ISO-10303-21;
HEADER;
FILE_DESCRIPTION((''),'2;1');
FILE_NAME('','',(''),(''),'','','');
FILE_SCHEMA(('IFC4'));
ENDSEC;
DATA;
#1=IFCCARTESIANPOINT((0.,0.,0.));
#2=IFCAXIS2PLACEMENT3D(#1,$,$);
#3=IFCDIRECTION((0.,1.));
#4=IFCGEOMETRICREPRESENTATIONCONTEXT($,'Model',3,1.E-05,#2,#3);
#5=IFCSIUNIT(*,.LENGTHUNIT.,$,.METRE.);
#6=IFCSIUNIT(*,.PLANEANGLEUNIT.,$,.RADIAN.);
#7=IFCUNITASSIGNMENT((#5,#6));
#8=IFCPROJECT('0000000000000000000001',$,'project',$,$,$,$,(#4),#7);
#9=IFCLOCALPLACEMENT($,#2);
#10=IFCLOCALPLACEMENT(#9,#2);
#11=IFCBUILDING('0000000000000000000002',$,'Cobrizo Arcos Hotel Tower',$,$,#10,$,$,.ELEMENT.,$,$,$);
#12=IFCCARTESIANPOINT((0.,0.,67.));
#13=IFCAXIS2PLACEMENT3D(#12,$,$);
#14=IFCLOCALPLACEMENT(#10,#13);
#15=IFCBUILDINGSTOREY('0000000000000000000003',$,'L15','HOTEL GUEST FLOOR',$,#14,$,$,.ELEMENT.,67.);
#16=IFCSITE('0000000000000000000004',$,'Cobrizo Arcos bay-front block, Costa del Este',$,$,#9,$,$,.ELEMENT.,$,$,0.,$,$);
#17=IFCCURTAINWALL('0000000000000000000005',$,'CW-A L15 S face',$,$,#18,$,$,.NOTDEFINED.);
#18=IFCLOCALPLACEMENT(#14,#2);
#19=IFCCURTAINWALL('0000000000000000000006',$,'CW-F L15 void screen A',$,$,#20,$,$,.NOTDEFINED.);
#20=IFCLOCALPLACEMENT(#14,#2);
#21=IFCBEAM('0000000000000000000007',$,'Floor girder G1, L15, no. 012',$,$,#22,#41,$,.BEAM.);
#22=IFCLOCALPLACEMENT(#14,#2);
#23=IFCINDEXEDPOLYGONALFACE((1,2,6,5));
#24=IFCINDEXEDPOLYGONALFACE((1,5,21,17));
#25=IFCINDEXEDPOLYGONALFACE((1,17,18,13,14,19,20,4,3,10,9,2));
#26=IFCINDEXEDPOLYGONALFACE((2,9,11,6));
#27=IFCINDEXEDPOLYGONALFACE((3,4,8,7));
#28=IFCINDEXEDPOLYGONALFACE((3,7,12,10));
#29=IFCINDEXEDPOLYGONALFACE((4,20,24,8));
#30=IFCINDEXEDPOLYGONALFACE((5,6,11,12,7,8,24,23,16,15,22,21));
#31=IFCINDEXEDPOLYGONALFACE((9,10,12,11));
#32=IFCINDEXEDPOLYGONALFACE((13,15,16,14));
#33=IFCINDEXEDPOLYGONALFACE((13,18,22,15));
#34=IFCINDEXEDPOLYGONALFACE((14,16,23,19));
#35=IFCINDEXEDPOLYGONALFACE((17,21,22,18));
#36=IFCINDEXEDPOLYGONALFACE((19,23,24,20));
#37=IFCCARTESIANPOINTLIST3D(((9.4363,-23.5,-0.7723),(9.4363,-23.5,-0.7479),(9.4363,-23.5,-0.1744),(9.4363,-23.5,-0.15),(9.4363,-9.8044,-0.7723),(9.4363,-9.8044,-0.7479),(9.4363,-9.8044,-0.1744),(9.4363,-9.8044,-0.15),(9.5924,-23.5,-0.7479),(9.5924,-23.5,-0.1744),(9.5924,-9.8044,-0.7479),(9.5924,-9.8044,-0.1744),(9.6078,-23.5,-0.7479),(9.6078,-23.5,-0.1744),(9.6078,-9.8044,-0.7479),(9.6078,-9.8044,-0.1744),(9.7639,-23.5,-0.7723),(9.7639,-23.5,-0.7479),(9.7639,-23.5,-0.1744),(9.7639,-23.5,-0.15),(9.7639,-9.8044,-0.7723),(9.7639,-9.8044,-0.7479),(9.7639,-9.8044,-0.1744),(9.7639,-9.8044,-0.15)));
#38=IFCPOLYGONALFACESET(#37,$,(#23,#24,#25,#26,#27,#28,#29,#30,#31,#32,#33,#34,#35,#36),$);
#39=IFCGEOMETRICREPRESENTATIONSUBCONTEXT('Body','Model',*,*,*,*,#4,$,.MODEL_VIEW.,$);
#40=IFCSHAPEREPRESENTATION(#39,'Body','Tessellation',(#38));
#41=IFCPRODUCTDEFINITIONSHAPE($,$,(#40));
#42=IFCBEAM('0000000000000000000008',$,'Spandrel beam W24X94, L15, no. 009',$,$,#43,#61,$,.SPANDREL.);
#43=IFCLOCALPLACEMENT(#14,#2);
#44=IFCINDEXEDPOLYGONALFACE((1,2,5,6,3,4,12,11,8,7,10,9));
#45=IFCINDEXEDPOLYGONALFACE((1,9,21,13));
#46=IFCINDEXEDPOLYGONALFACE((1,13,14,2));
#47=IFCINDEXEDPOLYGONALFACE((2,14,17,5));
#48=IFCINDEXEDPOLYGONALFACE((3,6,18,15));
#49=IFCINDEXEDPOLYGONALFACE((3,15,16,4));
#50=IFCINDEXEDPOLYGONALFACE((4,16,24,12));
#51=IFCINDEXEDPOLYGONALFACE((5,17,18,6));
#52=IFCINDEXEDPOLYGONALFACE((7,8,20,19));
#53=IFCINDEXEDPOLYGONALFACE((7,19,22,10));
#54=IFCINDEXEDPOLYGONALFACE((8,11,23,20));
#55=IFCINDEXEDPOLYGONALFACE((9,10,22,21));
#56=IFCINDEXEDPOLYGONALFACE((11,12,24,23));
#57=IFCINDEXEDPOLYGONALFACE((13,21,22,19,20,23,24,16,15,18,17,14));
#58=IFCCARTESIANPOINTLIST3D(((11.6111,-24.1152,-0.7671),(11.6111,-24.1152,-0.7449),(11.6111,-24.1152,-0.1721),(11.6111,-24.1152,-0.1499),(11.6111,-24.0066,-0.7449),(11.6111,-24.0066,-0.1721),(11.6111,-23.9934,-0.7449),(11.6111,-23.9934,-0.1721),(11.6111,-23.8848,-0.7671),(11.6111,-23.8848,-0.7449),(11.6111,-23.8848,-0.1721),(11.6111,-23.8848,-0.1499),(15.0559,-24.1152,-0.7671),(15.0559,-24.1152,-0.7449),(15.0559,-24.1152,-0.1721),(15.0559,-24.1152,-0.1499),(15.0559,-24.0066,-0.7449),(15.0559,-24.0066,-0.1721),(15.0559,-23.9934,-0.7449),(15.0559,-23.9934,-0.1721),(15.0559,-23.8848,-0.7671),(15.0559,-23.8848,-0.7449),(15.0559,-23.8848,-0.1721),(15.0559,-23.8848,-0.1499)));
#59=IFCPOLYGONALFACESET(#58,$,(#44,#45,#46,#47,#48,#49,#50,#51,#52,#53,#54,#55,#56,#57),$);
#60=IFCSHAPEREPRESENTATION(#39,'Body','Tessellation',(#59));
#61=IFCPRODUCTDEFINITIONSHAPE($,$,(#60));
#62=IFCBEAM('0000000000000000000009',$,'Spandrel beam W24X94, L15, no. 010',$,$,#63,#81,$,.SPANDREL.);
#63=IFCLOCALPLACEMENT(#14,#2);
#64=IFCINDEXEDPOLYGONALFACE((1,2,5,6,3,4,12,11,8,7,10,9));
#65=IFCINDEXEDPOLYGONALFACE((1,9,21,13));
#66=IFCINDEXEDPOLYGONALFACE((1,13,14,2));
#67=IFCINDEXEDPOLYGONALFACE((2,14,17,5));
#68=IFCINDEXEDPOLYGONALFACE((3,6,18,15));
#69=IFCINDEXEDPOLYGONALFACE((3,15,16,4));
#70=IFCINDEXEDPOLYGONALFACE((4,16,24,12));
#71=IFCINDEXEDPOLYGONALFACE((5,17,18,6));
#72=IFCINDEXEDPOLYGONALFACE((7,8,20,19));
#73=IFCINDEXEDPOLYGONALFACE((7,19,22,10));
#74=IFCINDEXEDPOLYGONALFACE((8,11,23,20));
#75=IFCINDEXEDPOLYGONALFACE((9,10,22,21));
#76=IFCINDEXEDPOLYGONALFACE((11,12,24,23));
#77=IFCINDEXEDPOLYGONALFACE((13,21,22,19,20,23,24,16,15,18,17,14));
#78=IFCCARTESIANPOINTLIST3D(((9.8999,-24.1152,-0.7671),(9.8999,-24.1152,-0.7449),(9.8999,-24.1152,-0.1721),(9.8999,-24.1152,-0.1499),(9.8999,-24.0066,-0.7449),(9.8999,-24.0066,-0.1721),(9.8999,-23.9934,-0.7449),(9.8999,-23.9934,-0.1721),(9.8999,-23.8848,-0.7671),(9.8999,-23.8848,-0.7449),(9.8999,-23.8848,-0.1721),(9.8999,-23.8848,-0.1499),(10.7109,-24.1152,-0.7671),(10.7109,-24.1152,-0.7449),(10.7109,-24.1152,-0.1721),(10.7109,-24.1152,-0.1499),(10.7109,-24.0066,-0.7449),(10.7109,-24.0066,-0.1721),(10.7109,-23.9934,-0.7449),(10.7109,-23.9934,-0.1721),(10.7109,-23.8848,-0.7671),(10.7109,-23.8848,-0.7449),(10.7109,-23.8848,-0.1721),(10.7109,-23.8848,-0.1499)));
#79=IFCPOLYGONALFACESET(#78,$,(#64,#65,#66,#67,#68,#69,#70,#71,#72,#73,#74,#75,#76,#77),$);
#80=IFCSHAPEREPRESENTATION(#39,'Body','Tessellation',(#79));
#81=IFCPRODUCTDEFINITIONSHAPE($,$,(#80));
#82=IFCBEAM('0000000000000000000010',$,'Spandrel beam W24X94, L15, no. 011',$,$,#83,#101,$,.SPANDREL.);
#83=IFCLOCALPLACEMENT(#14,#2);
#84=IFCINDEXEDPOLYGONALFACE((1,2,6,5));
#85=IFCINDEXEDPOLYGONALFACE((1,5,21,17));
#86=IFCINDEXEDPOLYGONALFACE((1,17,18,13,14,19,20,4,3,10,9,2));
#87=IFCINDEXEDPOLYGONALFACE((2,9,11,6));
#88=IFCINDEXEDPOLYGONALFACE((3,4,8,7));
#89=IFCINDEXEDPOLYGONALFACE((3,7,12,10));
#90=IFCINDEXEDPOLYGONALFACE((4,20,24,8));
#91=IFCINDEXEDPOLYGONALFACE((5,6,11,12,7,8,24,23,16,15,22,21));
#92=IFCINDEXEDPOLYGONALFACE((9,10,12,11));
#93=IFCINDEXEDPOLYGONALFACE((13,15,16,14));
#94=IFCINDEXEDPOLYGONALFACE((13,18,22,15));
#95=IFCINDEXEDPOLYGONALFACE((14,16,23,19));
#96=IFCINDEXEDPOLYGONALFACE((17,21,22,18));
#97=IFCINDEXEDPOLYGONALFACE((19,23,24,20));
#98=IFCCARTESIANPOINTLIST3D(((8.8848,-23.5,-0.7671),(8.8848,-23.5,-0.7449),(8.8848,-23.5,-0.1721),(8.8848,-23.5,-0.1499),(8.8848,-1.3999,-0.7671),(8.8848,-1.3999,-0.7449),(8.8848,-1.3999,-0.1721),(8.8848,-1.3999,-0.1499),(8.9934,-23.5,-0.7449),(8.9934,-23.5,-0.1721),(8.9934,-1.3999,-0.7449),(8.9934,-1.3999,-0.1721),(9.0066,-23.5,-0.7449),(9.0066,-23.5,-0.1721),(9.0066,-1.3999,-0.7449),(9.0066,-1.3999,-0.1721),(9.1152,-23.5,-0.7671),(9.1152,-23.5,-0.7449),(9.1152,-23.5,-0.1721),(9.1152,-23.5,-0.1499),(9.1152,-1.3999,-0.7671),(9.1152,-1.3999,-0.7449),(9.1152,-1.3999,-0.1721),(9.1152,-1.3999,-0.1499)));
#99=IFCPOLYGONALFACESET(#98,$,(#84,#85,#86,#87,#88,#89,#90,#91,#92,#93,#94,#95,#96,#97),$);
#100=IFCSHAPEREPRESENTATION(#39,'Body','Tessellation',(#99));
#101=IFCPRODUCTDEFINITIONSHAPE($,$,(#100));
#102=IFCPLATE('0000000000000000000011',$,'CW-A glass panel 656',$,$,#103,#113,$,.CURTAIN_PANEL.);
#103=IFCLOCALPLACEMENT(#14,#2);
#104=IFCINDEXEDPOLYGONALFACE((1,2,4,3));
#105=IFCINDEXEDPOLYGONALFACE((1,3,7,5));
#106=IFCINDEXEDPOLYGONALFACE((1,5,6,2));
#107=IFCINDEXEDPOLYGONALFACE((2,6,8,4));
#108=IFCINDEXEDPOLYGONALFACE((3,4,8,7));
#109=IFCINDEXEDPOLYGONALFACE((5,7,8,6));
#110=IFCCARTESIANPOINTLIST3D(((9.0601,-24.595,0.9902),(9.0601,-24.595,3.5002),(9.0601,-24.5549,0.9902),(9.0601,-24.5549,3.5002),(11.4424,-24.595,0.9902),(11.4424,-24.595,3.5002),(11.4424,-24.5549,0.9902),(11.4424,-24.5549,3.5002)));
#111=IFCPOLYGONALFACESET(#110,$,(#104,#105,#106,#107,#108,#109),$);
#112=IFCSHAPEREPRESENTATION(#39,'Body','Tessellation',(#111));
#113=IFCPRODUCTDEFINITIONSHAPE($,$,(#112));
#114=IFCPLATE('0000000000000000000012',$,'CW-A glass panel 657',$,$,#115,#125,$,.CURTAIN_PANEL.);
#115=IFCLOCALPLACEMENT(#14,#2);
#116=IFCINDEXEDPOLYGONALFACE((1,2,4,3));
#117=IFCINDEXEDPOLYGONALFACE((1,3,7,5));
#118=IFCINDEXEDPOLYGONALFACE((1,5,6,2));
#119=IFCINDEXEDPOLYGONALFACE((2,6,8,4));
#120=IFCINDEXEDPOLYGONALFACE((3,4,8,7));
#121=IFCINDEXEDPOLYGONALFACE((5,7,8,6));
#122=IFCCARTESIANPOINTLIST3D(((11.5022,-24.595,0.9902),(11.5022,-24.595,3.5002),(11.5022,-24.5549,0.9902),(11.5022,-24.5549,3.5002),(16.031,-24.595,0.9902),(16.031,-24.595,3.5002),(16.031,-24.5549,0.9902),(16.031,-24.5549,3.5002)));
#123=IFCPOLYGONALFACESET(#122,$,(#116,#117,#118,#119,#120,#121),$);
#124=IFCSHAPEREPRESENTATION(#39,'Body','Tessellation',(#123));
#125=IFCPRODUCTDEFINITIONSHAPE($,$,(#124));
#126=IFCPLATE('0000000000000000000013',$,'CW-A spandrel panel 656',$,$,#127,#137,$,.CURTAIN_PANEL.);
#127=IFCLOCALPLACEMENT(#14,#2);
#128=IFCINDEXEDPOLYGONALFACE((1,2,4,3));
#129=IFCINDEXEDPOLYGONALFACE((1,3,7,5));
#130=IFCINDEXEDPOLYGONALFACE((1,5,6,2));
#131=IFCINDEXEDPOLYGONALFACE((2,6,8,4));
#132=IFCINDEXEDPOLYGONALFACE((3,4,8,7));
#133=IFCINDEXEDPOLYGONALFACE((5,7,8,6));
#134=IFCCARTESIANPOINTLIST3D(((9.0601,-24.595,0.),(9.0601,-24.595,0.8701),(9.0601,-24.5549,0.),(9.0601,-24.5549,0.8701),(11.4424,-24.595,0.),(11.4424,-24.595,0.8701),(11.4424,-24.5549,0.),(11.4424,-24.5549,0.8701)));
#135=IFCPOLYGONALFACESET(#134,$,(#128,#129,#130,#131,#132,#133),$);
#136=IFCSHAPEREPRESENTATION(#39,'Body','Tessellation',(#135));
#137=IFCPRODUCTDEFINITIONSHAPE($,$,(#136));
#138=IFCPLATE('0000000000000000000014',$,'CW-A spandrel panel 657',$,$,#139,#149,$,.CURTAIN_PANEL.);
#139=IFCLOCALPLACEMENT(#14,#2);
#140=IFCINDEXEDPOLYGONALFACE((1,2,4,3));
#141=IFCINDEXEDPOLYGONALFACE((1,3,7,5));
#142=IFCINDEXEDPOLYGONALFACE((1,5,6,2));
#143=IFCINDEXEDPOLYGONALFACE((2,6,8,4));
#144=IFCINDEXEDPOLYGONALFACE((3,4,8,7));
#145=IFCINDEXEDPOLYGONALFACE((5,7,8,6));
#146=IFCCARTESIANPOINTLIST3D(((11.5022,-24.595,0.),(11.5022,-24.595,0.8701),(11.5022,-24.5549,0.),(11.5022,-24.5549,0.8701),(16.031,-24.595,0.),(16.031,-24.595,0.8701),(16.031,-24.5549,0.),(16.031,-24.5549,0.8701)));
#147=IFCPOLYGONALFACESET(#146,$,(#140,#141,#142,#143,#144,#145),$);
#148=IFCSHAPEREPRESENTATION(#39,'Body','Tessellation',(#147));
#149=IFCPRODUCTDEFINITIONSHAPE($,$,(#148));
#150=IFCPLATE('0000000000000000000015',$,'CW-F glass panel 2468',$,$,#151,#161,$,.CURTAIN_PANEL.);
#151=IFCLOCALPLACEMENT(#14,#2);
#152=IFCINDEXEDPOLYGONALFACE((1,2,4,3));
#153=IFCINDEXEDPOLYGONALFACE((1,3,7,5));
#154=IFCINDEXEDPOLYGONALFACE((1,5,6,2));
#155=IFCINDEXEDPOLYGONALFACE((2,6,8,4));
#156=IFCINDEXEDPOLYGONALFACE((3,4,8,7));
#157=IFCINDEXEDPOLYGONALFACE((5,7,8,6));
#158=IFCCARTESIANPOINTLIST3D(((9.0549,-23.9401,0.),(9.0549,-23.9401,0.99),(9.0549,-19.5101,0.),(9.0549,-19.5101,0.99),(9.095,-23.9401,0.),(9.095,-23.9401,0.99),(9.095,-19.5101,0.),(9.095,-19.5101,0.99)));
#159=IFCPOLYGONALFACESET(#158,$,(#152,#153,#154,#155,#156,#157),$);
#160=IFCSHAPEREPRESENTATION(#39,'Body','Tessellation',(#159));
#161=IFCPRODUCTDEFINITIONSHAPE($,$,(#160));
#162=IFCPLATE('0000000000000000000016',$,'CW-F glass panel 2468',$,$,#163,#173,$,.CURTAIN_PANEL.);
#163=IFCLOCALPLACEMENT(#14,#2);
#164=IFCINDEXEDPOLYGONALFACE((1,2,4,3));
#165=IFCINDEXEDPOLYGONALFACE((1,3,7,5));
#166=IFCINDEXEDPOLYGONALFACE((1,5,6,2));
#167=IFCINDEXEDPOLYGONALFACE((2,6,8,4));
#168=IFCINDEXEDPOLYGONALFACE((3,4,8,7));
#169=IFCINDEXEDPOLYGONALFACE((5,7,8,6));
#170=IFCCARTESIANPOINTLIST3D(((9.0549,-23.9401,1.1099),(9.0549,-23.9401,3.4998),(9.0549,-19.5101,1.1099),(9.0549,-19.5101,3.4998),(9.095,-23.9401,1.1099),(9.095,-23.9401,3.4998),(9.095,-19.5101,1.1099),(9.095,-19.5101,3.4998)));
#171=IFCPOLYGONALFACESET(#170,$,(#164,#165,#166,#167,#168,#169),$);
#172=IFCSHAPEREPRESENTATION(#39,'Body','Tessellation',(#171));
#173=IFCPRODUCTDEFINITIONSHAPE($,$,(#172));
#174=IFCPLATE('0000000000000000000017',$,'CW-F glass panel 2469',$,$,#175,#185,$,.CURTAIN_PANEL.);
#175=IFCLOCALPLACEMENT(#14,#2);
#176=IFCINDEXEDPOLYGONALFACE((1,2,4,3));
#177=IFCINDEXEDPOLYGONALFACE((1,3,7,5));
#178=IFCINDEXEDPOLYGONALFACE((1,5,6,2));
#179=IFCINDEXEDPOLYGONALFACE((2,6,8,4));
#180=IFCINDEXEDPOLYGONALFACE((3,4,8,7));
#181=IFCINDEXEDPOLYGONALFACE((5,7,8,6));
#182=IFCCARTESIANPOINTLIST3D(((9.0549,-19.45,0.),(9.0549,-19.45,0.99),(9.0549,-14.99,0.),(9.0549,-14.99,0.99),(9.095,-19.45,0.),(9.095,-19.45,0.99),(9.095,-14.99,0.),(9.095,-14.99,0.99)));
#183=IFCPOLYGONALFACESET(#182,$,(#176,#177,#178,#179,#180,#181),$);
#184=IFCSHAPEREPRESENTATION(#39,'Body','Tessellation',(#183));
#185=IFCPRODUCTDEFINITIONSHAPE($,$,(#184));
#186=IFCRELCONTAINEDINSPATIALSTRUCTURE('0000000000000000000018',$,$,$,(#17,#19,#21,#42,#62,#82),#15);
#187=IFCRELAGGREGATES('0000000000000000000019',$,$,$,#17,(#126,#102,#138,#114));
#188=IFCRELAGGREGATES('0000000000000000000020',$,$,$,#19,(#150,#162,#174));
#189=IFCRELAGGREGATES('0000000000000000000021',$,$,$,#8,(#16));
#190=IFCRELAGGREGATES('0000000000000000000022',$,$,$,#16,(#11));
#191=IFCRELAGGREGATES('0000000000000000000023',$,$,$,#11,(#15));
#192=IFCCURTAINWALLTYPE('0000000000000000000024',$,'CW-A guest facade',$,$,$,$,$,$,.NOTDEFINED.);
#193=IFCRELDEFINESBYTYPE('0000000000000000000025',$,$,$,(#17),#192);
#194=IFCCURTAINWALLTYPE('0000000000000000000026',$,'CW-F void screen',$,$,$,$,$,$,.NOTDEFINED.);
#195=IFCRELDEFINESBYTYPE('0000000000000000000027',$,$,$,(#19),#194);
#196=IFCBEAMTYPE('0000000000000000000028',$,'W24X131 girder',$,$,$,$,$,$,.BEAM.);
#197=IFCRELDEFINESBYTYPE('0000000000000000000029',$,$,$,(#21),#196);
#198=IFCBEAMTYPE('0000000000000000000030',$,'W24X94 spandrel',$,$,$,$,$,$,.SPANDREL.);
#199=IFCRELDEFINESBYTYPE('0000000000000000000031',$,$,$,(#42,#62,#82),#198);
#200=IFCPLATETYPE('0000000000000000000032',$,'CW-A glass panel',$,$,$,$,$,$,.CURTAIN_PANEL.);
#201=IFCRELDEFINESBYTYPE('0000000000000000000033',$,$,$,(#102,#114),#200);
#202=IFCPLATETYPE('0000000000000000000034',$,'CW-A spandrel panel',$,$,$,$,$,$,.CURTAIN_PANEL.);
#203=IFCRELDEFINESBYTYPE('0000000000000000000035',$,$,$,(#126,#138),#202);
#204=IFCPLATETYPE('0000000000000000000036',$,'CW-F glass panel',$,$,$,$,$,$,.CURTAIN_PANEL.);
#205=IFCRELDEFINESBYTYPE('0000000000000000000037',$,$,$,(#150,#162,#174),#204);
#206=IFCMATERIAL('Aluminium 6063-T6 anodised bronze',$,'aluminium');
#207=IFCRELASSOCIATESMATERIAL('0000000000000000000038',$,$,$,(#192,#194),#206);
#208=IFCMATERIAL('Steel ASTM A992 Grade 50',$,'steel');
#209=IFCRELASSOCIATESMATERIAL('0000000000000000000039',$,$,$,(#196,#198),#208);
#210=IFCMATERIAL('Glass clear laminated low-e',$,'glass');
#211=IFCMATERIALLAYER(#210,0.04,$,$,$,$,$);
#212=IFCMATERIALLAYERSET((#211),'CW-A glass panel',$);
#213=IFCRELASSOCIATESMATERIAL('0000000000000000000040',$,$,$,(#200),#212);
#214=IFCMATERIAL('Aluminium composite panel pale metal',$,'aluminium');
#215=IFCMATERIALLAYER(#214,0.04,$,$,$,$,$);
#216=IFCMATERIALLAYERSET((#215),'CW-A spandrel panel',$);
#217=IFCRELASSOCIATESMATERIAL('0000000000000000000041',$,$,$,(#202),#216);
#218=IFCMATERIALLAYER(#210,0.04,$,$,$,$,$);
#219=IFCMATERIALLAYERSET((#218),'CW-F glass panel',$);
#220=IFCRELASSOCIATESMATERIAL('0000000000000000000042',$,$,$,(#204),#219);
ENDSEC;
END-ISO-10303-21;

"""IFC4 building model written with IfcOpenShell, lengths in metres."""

from ifc_helpers import new_model, si_unit, direction, frame, origin, origin_2d, place, context, subcontext, project, spatial, rectangle, i_section, extrude, material, layer, layer_set, material_profile, profile_set, type_object, element, aggregate, save


model = new_model("IFC4")

# Units and contexts
model_context = context("Model", 3, precision=1e-05, world=origin(), true_north=direction((0.0, 1.0)))
body_context = subcontext(model_context, "Body", "Model", "MODEL_VIEW")
ifc_project = project(units=[si_unit("LENGTHUNIT", "METRE"), si_unit("PLANEANGLEUNIT", "RADIAN")], contexts=[model_context])

# Site, building, storey
site_placement = place(None, origin())
site = spatial("IfcSite", under=ifc_project, at=site_placement, Name="Cobrizo Arcos bay-front block, Costa del Este", CompositionType="ELEMENT", RefElevation=0.0)
building_placement = place(site_placement, origin())
building = spatial("IfcBuilding", under=site, at=building_placement, Name="Cobrizo Arcos Hotel Tower", CompositionType="ELEMENT")
storey_placement = place(building_placement, frame((0.0, 0.0, 67.0)))
storey = spatial("IfcBuildingStorey", under=building, at=storey_placement, Name="L15", Description="HOTEL GUEST FLOOR", CompositionType="ELEMENT", Elevation=67.0)

# Curtain walls
ifc_material_1 = material(Name="Aluminium 6063-T6 anodised bronze", Category="aluminium")
curtain_wall_type_1 = type_object("IfcCurtainWallType", Name="CW-A guest facade", PredefinedType="NOTDEFINED", material=ifc_material_1)
curtain_wall_1_placement = place(storey_placement, origin())
curtain_wall_1 = element("IfcCurtainWall", 1, at=curtain_wall_1_placement, inside=storey, type_object=curtain_wall_type_1, Name="CW-A L15 S face", PredefinedType="NOTDEFINED")
curtain_wall_type_2 = type_object("IfcCurtainWallType", Name="CW-F void screen", PredefinedType="NOTDEFINED", material=ifc_material_1)
curtain_wall_2_placement = place(storey_placement, origin())
curtain_wall_2 = element("IfcCurtainWall", 2, at=curtain_wall_2_placement, inside=storey, type_object=curtain_wall_type_2, Name="CW-F L15 void screen A", PredefinedType="NOTDEFINED")

# Beams
ifc_material_2 = material(Name="Steel ASTM A992 Grade 50", Category="steel")
ifc_material_profile_1 = material_profile(ifc_material_2, i_section(OverallWidth=0.3276, OverallDepth=0.6223, WebThickness=0.0154, FlangeThickness=0.0244, at=origin_2d()), Name="W24X131")
ifc_profile_set_1 = profile_set([ifc_material_profile_1], Name="Steel ASTM A992 Grade 50")
beam_type_1 = type_object("IfcBeamType", Name="W24X131 girder", PredefinedType="BEAM", material=ifc_profile_set_1)
beam_1_placement = place(storey_placement, frame((9.6001, -23.5, -0.4612), z_axis=(0.0, 1.0, 0.0), x_axis=(-1.0, 0.0, 0.0)))
element("IfcBeam", 3, at=beam_1_placement, inside=storey, type_object=beam_type_1, Name="Floor girder G1, L15, no. 012", PredefinedType="BEAM", context=body_context, shape_type="SweptSolid", body=[
    extrude(i_section(OverallWidth=0.3276, OverallDepth=0.6223, WebThickness=0.0154, FlangeThickness=0.0244, at=origin_2d()), origin(), (0.0, 0.0, 1.0), 13.6956),
])
ifc_material_profile_2 = material_profile(ifc_material_2, i_section(OverallWidth=0.2305, OverallDepth=0.6172, WebThickness=0.0132, FlangeThickness=0.0222, at=origin_2d()), Name="W24X94")
ifc_profile_set_2 = profile_set([ifc_material_profile_2], Name="Steel ASTM A992 Grade 50")
beam_type_2 = type_object("IfcBeamType", Name="W24X94 spandrel", PredefinedType="SPANDREL", material=ifc_profile_set_2)
beam_2_placement = place(storey_placement, frame((15.0559, -24.0, -0.4585), z_axis=(-1.0, 0.0, 0.0), x_axis=(0.0, -1.0, 0.0)))
element("IfcBeam", 4, at=beam_2_placement, inside=storey, type_object=beam_type_2, Name="Spandrel beam W24X94, L15, no. 009", PredefinedType="SPANDREL", context=body_context, shape_type="SweptSolid", body=[
    extrude(i_section(OverallWidth=0.2305, OverallDepth=0.6172, WebThickness=0.0132, FlangeThickness=0.0222, at=origin_2d()), origin(), (0.0, 0.0, 1.0), 3.4448),
])
beam_3_placement = place(storey_placement, frame((10.7109, -24.0, -0.4585), z_axis=(-1.0, 0.0, 0.0), x_axis=(0.0, -1.0, 0.0)))
element("IfcBeam", 5, at=beam_3_placement, inside=storey, type_object=beam_type_2, Name="Spandrel beam W24X94, L15, no. 010", PredefinedType="SPANDREL", context=body_context, shape_type="SweptSolid", body=[
    extrude(i_section(OverallWidth=0.2305, OverallDepth=0.6172, WebThickness=0.0132, FlangeThickness=0.0222, at=origin_2d()), origin(), (0.0, 0.0, 1.0), 0.811),
])
beam_4_placement = place(storey_placement, frame((9.0, -23.5, -0.4585), z_axis=(0.0, 1.0, 0.0), x_axis=(-1.0, 0.0, 0.0)))
element("IfcBeam", 6, at=beam_4_placement, inside=storey, type_object=beam_type_2, Name="Spandrel beam W24X94, L15, no. 011", PredefinedType="SPANDREL", context=body_context, shape_type="SweptSolid", body=[
    extrude(i_section(OverallWidth=0.2305, OverallDepth=0.6172, WebThickness=0.0132, FlangeThickness=0.0222, at=origin_2d()), origin(), (0.0, 0.0, 1.0), 22.1001),
])

# Plates
ifc_material_3 = material(Name="Glass clear laminated low-e", Category="glass")
ifc_layer_1 = layer(ifc_material_3, 0.04)
ifc_layer_set_1 = layer_set([ifc_layer_1], Name="CW-A glass panel")
plate_type_1 = type_object("IfcPlateType", Name="CW-A glass panel", PredefinedType="CURTAIN_PANEL", material=ifc_layer_set_1)
plate_1_placement = place(storey_placement, frame((10.2512, -24.575, 0.9902), z_axis=(0.0, 0.0, 1.0), x_axis=(1.0, 0.0, 0.0)))
plate_1 = element("IfcPlate", 7, at=plate_1_placement, type_object=plate_type_1, Name="CW-A glass panel 656", PredefinedType="CURTAIN_PANEL", context=body_context, shape_type="SweptSolid", body=[
    extrude(rectangle(XDim=2.3823, YDim=0.04, at=origin_2d()), origin(), (0.0, 0.0, 1.0), 2.51),
])
plate_2_placement = place(storey_placement, frame((13.7666, -24.575, 0.9902), z_axis=(0.0, 0.0, 1.0), x_axis=(1.0, 0.0, 0.0)))
plate_2 = element("IfcPlate", 8, at=plate_2_placement, type_object=plate_type_1, Name="CW-A glass panel 657", PredefinedType="CURTAIN_PANEL", context=body_context, shape_type="SweptSolid", body=[
    extrude(rectangle(XDim=4.5288, YDim=0.04, at=origin_2d()), origin(), (0.0, 0.0, 1.0), 2.51),
])
ifc_material_4 = material(Name="Aluminium composite panel pale metal", Category="aluminium")
ifc_layer_2 = layer(ifc_material_4, 0.04)
ifc_layer_set_2 = layer_set([ifc_layer_2], Name="CW-A spandrel panel")
plate_type_2 = type_object("IfcPlateType", Name="CW-A spandrel panel", PredefinedType="CURTAIN_PANEL", material=ifc_layer_set_2)
plate_3_placement = place(storey_placement, frame((10.2512, -24.575, 0.0), z_axis=(0.0, 0.0, 1.0), x_axis=(1.0, 0.0, 0.0)))
plate_3 = element("IfcPlate", 9, at=plate_3_placement, type_object=plate_type_2, Name="CW-A spandrel panel 656", PredefinedType="CURTAIN_PANEL", context=body_context, shape_type="SweptSolid", body=[
    extrude(rectangle(XDim=2.3823, YDim=0.04, at=origin_2d()), origin(), (0.0, 0.0, 1.0), 0.8701),
])
plate_4_placement = place(storey_placement, frame((13.7666, -24.575, 0.0), z_axis=(0.0, 0.0, 1.0), x_axis=(1.0, 0.0, 0.0)))
plate_4 = element("IfcPlate", 10, at=plate_4_placement, type_object=plate_type_2, Name="CW-A spandrel panel 657", PredefinedType="CURTAIN_PANEL", context=body_context, shape_type="SweptSolid", body=[
    extrude(rectangle(XDim=4.5288, YDim=0.04, at=origin_2d()), origin(), (0.0, 0.0, 1.0), 0.8701),
])
aggregate(curtain_wall_1, [plate_3, plate_1, plate_4, plate_2])
ifc_layer_3 = layer(ifc_material_3, 0.04)
ifc_layer_set_3 = layer_set([ifc_layer_3], Name="CW-F glass panel")
plate_type_3 = type_object("IfcPlateType", Name="CW-F glass panel", PredefinedType="CURTAIN_PANEL", material=ifc_layer_set_3)
plate_5_placement = place(storey_placement, frame((9.075, -21.7251, 0.0), z_axis=(0.0, 0.0, 1.0), x_axis=(0.0, 1.0, 0.0)))
plate_5 = element("IfcPlate", 11, at=plate_5_placement, type_object=plate_type_3, Name="CW-F glass panel 2468", PredefinedType="CURTAIN_PANEL", context=body_context, shape_type="SweptSolid", body=[
    extrude(rectangle(XDim=4.4299, YDim=0.04, at=origin_2d()), origin(), (0.0, 0.0, 1.0), 0.99),
])
plate_6_placement = place(storey_placement, frame((9.075, -21.7251, 1.1099), z_axis=(0.0, 0.0, 1.0), x_axis=(0.0, 1.0, 0.0)))
plate_6 = element("IfcPlate", 12, at=plate_6_placement, type_object=plate_type_3, Name="CW-F glass panel 2468", PredefinedType="CURTAIN_PANEL", context=body_context, shape_type="SweptSolid", body=[
    extrude(rectangle(XDim=4.4299, YDim=0.04, at=origin_2d()), origin(), (0.0, 0.0, 1.0), 2.3899),
])
plate_7_placement = place(storey_placement, frame((9.075, -17.22, 0.0), z_axis=(0.0, 0.0, 1.0), x_axis=(0.0, 1.0, 0.0)))
plate_7 = element("IfcPlate", 13, at=plate_7_placement, type_object=plate_type_3, Name="CW-F glass panel 2469", PredefinedType="CURTAIN_PANEL", context=body_context, shape_type="SweptSolid", body=[
    extrude(rectangle(XDim=4.46, YDim=0.04, at=origin_2d()), origin(), (0.0, 0.0, 1.0), 0.99),
])
aggregate(curtain_wall_2, [plate_5, plate_6, plate_7])

save(model, "model.ifc")
